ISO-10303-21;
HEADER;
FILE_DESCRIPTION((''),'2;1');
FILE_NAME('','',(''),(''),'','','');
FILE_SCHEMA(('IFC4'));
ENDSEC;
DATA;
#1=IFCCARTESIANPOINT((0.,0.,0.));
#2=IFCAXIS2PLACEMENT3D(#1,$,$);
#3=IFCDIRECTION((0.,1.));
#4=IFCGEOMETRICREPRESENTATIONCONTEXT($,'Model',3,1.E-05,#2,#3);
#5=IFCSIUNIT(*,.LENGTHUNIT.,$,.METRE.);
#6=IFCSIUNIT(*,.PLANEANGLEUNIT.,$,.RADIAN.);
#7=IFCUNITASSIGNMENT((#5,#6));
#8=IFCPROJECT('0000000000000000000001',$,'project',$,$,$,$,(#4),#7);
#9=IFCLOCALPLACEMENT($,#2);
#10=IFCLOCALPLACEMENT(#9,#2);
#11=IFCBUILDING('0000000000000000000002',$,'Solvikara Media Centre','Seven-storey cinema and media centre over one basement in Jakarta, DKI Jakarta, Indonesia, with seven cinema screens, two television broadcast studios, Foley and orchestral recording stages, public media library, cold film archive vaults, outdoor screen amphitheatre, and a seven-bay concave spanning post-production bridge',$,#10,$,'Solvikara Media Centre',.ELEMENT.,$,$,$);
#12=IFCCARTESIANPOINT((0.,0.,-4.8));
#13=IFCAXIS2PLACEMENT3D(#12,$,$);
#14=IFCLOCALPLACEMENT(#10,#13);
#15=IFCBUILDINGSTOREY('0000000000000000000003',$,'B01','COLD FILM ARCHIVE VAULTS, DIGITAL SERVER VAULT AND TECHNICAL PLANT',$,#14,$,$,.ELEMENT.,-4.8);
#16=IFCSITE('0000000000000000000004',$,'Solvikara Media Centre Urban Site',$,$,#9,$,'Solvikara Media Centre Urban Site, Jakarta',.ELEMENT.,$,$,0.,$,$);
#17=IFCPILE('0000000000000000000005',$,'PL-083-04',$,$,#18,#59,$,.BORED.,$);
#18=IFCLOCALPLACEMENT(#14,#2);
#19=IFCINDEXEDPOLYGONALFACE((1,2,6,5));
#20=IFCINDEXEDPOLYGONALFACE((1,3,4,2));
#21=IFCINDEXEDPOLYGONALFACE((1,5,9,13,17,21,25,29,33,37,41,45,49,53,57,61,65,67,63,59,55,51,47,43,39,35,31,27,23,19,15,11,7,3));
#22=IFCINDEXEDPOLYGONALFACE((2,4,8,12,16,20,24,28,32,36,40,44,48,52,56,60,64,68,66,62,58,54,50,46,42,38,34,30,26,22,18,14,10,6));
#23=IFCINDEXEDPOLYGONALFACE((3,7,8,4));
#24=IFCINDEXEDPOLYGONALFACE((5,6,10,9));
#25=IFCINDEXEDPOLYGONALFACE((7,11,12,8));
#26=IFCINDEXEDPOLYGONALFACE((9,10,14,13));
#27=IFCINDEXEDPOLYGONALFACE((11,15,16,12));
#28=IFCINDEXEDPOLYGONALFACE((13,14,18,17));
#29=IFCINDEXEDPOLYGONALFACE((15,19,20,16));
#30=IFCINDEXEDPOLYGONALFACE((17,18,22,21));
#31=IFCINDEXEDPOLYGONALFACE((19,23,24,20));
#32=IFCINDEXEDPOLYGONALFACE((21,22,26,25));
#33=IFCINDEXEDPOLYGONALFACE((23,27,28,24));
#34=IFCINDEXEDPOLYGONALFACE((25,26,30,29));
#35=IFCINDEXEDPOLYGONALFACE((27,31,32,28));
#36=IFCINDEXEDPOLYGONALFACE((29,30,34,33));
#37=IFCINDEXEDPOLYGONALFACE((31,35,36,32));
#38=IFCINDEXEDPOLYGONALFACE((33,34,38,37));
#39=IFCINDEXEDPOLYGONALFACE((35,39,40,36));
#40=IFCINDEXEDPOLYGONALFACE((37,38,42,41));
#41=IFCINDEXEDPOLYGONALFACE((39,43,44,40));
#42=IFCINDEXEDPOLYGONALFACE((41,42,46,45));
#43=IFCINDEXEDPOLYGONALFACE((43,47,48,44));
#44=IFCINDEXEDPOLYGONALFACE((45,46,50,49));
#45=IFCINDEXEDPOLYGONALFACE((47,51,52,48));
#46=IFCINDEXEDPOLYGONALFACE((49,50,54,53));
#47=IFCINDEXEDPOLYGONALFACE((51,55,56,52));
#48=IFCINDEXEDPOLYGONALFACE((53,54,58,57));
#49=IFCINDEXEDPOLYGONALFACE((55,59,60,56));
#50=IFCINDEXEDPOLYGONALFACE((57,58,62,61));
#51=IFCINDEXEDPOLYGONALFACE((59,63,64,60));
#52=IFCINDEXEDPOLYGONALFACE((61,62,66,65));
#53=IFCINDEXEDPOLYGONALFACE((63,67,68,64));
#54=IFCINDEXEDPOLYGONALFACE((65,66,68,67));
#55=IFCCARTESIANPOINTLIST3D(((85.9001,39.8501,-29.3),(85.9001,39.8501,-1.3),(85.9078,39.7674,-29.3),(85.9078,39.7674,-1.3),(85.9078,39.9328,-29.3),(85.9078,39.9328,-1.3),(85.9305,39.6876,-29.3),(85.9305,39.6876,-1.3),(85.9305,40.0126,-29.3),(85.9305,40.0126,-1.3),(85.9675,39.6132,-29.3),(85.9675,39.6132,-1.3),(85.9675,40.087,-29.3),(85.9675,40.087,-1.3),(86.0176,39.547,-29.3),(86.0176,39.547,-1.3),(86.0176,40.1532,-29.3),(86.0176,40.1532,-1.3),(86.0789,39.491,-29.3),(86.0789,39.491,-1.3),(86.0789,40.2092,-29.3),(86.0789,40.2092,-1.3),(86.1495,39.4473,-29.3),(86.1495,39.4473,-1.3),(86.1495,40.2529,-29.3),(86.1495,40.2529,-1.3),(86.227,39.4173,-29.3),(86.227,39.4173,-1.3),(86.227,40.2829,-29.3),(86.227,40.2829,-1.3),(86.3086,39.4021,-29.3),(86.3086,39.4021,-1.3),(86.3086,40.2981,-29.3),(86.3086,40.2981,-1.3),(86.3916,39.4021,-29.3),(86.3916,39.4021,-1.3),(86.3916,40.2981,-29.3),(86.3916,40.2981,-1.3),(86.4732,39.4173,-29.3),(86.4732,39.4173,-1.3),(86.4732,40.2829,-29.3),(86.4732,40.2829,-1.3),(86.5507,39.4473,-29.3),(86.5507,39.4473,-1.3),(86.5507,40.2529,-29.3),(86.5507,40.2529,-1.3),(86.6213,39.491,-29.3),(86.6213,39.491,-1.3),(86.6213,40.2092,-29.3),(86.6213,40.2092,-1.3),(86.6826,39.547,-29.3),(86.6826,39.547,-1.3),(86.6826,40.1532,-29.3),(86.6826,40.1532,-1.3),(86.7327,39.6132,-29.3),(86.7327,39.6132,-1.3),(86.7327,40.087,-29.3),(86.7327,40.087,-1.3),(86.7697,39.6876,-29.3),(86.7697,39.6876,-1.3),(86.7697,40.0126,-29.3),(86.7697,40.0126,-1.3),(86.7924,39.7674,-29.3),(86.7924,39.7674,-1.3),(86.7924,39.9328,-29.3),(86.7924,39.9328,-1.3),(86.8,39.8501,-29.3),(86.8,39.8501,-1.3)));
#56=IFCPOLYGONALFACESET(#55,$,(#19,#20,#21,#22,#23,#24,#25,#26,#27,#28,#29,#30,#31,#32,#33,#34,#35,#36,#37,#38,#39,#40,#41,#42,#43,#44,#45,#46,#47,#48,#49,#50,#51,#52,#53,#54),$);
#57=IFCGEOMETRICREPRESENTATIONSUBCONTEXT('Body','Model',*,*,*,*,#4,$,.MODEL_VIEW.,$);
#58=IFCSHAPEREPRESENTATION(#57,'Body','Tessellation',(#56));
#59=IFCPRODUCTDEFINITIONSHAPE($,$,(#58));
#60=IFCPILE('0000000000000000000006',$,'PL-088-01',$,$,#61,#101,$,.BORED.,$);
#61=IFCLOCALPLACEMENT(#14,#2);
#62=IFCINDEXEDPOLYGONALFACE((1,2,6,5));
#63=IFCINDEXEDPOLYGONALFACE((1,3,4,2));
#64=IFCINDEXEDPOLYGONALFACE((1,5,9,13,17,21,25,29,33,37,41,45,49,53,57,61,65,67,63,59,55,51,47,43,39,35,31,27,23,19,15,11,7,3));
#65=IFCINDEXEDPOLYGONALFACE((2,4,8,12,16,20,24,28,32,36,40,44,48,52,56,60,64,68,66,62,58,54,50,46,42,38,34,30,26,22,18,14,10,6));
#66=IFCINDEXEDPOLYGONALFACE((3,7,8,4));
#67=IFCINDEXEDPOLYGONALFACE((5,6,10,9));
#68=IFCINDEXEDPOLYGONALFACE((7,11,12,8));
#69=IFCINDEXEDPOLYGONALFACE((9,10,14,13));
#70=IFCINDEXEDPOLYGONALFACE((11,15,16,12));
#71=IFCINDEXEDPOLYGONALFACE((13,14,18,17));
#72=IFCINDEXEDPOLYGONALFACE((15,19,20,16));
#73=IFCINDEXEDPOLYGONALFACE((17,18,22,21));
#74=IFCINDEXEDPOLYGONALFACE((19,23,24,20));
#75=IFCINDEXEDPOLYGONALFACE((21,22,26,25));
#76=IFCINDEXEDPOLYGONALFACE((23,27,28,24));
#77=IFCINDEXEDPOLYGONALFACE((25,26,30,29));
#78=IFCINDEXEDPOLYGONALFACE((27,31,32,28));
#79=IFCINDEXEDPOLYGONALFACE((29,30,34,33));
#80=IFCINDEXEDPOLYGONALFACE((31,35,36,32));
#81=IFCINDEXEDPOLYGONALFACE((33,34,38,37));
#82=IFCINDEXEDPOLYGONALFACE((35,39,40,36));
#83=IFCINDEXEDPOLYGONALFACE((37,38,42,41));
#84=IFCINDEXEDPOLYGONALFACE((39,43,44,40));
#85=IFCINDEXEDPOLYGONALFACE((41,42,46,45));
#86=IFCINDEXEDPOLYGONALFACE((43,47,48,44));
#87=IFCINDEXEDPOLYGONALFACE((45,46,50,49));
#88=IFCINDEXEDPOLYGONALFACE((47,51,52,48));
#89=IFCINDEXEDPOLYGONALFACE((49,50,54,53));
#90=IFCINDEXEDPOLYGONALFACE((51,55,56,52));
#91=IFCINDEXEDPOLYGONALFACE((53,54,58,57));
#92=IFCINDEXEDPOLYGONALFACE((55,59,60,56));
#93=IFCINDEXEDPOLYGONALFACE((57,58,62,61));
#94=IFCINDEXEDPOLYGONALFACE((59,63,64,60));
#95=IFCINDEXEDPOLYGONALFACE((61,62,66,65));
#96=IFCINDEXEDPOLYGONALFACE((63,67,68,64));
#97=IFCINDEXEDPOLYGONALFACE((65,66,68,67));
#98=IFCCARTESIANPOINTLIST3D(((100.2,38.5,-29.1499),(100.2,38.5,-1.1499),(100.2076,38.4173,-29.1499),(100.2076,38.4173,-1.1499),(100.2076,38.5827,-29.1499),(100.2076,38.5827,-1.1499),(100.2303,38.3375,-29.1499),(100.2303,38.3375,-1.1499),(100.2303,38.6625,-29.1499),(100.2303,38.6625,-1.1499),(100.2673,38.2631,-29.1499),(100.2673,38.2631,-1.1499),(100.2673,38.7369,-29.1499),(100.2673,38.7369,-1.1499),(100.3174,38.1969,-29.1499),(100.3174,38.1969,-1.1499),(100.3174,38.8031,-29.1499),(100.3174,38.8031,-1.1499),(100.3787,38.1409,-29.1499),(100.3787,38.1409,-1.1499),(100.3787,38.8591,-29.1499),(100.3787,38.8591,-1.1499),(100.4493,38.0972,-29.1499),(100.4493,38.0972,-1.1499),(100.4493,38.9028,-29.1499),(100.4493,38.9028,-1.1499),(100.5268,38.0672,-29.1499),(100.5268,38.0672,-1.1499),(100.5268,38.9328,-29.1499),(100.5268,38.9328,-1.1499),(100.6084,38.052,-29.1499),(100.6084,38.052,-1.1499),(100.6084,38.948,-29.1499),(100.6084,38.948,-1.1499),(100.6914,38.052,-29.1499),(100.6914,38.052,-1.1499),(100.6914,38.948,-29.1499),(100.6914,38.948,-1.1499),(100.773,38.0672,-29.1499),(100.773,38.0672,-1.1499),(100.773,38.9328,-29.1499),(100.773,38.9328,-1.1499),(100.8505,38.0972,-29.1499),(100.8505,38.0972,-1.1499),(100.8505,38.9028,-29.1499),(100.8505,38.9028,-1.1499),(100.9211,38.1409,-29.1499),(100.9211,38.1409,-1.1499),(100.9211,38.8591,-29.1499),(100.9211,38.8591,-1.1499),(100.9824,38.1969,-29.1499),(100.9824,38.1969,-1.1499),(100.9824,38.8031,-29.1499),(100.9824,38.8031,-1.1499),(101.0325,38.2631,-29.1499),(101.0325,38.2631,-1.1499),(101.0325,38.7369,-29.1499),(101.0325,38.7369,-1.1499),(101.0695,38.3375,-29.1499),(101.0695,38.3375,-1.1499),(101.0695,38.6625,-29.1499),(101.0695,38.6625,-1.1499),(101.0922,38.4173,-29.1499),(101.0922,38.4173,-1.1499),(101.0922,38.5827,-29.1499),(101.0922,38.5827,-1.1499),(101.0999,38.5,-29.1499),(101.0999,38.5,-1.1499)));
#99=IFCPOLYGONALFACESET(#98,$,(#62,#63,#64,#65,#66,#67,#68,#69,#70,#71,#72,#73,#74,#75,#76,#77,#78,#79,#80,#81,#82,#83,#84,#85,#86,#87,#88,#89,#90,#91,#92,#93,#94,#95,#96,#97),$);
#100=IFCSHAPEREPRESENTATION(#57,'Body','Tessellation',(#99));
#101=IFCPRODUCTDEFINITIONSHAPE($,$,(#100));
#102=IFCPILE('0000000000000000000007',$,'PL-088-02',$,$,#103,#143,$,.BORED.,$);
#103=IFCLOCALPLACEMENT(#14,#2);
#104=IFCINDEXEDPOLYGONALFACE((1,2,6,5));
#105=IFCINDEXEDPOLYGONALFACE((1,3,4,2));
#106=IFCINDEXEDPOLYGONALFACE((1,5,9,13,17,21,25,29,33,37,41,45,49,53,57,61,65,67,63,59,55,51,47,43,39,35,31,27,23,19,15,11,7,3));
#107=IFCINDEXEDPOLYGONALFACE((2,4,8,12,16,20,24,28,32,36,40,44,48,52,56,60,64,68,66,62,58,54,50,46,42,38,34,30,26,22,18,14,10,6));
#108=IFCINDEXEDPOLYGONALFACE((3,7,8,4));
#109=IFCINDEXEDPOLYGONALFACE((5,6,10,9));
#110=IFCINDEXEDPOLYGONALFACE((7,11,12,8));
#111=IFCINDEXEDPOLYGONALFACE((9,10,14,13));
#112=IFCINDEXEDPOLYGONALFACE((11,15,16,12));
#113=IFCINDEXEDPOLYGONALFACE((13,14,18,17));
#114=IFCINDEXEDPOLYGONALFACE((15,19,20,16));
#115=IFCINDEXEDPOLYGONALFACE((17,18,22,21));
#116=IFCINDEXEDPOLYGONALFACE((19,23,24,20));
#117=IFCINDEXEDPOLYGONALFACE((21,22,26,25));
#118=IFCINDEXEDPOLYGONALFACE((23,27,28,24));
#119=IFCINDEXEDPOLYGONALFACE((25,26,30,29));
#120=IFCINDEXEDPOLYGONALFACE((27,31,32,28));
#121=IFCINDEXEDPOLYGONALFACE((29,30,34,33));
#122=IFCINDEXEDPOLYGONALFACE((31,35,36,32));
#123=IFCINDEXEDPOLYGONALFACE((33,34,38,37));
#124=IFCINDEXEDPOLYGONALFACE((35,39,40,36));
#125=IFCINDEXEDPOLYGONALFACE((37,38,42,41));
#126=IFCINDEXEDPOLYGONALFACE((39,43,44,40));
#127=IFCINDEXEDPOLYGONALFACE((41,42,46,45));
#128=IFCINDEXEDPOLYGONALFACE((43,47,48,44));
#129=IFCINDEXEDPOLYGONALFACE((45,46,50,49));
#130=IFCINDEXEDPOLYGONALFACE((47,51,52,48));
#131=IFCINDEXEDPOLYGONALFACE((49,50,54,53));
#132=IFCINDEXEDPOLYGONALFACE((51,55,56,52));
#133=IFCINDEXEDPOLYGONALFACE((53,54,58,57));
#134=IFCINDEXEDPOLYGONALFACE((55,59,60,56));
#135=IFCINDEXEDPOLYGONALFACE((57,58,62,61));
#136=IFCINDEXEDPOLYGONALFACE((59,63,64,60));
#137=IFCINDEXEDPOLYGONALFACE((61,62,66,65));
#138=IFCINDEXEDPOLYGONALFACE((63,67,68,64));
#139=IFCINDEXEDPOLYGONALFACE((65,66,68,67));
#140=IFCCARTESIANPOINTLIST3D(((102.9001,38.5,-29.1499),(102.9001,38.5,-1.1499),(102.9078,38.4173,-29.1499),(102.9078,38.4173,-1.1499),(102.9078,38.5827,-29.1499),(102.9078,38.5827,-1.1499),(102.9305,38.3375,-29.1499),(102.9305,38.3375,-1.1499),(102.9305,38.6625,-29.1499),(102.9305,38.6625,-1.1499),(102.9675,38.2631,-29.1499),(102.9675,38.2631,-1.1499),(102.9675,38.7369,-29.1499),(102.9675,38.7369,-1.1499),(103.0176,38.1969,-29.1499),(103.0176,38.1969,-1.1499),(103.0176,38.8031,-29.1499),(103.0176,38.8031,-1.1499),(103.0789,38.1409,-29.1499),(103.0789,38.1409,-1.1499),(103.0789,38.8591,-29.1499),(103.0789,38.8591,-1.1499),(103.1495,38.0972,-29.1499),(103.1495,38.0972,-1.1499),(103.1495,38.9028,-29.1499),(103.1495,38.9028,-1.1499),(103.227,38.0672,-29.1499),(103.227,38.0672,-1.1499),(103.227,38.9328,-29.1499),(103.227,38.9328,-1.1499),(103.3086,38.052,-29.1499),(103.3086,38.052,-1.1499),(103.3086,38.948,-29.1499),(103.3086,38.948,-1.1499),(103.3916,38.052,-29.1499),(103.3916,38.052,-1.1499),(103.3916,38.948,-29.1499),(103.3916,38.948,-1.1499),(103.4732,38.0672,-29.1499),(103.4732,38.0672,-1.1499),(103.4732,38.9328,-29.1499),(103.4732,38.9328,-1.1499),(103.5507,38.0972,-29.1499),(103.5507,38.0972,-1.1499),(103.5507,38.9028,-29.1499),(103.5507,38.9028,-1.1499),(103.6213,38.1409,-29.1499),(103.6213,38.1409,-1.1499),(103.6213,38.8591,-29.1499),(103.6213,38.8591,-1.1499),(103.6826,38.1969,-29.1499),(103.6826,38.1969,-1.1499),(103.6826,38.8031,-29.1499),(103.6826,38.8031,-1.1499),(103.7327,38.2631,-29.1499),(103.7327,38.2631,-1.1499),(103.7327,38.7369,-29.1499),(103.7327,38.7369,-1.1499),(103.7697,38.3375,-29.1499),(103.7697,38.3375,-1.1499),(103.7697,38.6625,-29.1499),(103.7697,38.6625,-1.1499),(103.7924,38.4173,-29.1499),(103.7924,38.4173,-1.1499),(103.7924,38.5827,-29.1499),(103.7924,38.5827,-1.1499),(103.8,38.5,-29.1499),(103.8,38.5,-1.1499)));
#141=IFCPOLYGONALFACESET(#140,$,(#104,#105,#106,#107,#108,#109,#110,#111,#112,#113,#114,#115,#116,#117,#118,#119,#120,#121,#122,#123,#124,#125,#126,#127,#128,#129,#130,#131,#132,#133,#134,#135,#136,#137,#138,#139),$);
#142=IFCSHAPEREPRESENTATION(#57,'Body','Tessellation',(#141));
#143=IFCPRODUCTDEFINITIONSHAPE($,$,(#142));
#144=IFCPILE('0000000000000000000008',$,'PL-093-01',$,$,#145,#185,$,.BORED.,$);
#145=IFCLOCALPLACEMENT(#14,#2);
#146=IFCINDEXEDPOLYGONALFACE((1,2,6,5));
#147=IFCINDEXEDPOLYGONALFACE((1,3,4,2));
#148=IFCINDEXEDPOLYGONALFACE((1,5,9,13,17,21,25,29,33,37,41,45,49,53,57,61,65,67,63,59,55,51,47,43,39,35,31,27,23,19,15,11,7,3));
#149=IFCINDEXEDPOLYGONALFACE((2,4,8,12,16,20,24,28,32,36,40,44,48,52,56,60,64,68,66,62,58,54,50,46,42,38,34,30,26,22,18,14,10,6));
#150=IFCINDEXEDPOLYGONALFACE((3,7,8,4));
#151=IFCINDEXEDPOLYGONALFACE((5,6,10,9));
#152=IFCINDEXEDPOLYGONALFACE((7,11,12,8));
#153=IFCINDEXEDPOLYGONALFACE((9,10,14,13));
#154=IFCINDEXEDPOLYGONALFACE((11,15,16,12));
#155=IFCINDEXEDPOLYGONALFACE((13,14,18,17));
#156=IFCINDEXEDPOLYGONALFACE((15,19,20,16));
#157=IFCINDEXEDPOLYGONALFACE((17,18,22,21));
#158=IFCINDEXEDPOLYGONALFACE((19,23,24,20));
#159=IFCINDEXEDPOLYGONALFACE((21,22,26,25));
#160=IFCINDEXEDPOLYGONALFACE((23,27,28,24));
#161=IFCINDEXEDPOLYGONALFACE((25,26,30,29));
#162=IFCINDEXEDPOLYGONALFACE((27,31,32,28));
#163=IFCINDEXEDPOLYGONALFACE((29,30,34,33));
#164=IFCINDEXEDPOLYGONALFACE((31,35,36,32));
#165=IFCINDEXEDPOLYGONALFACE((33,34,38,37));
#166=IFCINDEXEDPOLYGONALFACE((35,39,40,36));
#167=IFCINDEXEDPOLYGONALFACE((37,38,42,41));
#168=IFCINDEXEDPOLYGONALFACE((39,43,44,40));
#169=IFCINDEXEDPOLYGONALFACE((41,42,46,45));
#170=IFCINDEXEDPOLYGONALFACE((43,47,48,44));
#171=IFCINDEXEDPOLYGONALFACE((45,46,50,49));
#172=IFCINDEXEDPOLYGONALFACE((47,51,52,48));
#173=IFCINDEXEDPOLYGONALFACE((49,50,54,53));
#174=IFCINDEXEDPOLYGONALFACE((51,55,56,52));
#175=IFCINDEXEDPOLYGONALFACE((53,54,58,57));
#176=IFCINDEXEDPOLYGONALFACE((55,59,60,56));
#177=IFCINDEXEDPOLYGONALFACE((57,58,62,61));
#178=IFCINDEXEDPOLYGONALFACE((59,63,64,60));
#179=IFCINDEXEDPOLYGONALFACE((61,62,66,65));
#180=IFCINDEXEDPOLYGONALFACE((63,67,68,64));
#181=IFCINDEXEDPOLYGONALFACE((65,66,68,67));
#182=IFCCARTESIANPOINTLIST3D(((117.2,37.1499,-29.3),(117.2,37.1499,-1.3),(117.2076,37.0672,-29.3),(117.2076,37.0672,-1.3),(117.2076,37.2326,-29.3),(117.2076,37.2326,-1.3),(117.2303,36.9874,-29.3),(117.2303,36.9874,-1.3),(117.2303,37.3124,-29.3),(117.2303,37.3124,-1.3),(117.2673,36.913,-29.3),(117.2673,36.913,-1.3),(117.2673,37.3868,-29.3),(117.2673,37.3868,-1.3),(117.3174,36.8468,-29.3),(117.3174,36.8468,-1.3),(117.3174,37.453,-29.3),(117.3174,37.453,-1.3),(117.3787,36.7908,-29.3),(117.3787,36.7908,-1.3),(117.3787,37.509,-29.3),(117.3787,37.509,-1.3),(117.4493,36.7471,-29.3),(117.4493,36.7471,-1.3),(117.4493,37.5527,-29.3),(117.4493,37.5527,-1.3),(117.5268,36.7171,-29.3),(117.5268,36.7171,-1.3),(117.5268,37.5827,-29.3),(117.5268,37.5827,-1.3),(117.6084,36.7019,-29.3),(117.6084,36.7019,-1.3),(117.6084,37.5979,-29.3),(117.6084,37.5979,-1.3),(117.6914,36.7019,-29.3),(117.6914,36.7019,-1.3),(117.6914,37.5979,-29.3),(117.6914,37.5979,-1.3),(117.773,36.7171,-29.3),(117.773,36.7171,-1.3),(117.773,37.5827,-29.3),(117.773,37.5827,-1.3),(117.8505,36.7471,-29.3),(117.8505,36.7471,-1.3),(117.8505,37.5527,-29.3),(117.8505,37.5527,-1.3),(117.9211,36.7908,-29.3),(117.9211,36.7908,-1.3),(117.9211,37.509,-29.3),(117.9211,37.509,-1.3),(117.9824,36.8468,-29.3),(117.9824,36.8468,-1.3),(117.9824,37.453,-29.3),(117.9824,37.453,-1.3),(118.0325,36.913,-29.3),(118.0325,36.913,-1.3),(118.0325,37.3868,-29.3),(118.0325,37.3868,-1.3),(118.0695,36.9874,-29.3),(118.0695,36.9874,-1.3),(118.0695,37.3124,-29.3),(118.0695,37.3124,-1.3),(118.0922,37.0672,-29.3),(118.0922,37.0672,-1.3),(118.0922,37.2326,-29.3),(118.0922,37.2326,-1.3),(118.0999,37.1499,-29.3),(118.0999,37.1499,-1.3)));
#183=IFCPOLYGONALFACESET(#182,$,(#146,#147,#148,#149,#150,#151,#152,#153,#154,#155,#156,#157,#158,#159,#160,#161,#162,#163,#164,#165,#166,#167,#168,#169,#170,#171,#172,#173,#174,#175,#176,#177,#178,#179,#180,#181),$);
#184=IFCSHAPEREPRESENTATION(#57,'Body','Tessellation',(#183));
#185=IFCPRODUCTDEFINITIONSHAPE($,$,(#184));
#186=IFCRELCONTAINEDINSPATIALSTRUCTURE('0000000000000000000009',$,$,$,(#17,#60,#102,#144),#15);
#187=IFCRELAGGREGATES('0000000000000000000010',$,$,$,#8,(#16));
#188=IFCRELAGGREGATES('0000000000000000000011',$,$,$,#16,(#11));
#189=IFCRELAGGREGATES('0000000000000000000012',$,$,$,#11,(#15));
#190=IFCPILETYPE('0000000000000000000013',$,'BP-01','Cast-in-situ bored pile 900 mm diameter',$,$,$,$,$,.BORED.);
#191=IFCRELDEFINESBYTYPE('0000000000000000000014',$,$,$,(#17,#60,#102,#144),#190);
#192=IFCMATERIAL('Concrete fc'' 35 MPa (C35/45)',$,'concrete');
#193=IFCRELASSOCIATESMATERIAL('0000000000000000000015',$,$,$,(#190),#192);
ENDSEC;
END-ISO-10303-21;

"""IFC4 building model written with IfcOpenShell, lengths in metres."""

from ifc_helpers import new_model, si_unit, direction, frame, origin, origin_2d, place, context, subcontext, project, spatial, circle, extrude, material, material_profile, profile_set, type_object, element, save


model = new_model("IFC4")

# Units and contexts
model_context = context("Model", 3, precision=1e-05, world=origin(), true_north=direction((0.0, 1.0)))
body_context = subcontext(model_context, "Body", "Model", "MODEL_VIEW")
ifc_project = project(units=[si_unit("LENGTHUNIT", "METRE"), si_unit("PLANEANGLEUNIT", "RADIAN")], contexts=[model_context])

# Site, building, storey
site_placement = place(None, origin())
site = spatial("IfcSite", under=ifc_project, at=site_placement, Name="Solvikara Media Centre Urban Site", LongName="Solvikara Media Centre Urban Site, Jakarta", CompositionType="ELEMENT", RefElevation=0.0)
building_placement = place(site_placement, origin())
building = spatial("IfcBuilding", under=site, at=building_placement, Name="Solvikara Media Centre", Description="Seven-storey cinema and media centre over one basement in Jakarta, DKI Jakarta, Indonesia, with seven cinema screens, two television broadcast studios, Foley and orchestral recording stages, public media library, cold film archive vaults, outdoor screen amphitheatre, and a seven-bay concave spanning post-production bridge", LongName="Solvikara Media Centre", CompositionType="ELEMENT")
storey_placement = place(building_placement, frame((0.0, 0.0, -4.8)))
storey = spatial("IfcBuildingStorey", under=building, at=storey_placement, Name="B01", Description="COLD FILM ARCHIVE VAULTS, DIGITAL SERVER VAULT AND TECHNICAL PLANT", CompositionType="ELEMENT", Elevation=-4.8)

# Piles
ifc_material_1 = material(Name="Concrete fc' 35 MPa (C35/45)", Category="concrete")
ifc_material_profile_1 = material_profile(ifc_material_1, circle(Radius=0.45, at=origin_2d()), Name="BORED PILE D900")
ifc_profile_set_1 = profile_set([ifc_material_profile_1], Name="Concrete fc' 35 MPa (C35/45)")
pile_type_1 = type_object("IfcPileType", Name="BP-01", Description="Cast-in-situ bored pile 900 mm diameter", PredefinedType="BORED", material=ifc_profile_set_1)
for number, where, z_axis, x_axis, name in (
    (1, (86.3501, 39.8501, -1.3), (0.0, 0.0, -1.0), (1.0, 0.0, 0.0), "PL-083-04"),
    (2, (100.6499, 38.5, -1.1499), (0.0, 0.0, -1.0), (1.0, 0.0, 0.0), "PL-088-01"),
    (3, (103.3501, 38.5, -1.1499), (0.0, 0.0, -1.0), (1.0, 0.0, 0.0), "PL-088-02"),
    (4, (117.6499, 37.1499, -1.3), (0.0, 0.0, -1.0), (1.0, 0.0, 0.0), "PL-093-01"),
):
    element("IfcPile", number, at=place(storey_placement, frame(where, z_axis=z_axis, x_axis=x_axis)), inside=storey, type_object=pile_type_1, Name=name, PredefinedType="BORED", context=body_context, shape_type="SweptSolid", body=[
        extrude(circle(Radius=0.45, at=origin_2d()), origin(), (0.0, 0.0, 1.0), 28.0),
    ])

save(model, "model.ifc")
